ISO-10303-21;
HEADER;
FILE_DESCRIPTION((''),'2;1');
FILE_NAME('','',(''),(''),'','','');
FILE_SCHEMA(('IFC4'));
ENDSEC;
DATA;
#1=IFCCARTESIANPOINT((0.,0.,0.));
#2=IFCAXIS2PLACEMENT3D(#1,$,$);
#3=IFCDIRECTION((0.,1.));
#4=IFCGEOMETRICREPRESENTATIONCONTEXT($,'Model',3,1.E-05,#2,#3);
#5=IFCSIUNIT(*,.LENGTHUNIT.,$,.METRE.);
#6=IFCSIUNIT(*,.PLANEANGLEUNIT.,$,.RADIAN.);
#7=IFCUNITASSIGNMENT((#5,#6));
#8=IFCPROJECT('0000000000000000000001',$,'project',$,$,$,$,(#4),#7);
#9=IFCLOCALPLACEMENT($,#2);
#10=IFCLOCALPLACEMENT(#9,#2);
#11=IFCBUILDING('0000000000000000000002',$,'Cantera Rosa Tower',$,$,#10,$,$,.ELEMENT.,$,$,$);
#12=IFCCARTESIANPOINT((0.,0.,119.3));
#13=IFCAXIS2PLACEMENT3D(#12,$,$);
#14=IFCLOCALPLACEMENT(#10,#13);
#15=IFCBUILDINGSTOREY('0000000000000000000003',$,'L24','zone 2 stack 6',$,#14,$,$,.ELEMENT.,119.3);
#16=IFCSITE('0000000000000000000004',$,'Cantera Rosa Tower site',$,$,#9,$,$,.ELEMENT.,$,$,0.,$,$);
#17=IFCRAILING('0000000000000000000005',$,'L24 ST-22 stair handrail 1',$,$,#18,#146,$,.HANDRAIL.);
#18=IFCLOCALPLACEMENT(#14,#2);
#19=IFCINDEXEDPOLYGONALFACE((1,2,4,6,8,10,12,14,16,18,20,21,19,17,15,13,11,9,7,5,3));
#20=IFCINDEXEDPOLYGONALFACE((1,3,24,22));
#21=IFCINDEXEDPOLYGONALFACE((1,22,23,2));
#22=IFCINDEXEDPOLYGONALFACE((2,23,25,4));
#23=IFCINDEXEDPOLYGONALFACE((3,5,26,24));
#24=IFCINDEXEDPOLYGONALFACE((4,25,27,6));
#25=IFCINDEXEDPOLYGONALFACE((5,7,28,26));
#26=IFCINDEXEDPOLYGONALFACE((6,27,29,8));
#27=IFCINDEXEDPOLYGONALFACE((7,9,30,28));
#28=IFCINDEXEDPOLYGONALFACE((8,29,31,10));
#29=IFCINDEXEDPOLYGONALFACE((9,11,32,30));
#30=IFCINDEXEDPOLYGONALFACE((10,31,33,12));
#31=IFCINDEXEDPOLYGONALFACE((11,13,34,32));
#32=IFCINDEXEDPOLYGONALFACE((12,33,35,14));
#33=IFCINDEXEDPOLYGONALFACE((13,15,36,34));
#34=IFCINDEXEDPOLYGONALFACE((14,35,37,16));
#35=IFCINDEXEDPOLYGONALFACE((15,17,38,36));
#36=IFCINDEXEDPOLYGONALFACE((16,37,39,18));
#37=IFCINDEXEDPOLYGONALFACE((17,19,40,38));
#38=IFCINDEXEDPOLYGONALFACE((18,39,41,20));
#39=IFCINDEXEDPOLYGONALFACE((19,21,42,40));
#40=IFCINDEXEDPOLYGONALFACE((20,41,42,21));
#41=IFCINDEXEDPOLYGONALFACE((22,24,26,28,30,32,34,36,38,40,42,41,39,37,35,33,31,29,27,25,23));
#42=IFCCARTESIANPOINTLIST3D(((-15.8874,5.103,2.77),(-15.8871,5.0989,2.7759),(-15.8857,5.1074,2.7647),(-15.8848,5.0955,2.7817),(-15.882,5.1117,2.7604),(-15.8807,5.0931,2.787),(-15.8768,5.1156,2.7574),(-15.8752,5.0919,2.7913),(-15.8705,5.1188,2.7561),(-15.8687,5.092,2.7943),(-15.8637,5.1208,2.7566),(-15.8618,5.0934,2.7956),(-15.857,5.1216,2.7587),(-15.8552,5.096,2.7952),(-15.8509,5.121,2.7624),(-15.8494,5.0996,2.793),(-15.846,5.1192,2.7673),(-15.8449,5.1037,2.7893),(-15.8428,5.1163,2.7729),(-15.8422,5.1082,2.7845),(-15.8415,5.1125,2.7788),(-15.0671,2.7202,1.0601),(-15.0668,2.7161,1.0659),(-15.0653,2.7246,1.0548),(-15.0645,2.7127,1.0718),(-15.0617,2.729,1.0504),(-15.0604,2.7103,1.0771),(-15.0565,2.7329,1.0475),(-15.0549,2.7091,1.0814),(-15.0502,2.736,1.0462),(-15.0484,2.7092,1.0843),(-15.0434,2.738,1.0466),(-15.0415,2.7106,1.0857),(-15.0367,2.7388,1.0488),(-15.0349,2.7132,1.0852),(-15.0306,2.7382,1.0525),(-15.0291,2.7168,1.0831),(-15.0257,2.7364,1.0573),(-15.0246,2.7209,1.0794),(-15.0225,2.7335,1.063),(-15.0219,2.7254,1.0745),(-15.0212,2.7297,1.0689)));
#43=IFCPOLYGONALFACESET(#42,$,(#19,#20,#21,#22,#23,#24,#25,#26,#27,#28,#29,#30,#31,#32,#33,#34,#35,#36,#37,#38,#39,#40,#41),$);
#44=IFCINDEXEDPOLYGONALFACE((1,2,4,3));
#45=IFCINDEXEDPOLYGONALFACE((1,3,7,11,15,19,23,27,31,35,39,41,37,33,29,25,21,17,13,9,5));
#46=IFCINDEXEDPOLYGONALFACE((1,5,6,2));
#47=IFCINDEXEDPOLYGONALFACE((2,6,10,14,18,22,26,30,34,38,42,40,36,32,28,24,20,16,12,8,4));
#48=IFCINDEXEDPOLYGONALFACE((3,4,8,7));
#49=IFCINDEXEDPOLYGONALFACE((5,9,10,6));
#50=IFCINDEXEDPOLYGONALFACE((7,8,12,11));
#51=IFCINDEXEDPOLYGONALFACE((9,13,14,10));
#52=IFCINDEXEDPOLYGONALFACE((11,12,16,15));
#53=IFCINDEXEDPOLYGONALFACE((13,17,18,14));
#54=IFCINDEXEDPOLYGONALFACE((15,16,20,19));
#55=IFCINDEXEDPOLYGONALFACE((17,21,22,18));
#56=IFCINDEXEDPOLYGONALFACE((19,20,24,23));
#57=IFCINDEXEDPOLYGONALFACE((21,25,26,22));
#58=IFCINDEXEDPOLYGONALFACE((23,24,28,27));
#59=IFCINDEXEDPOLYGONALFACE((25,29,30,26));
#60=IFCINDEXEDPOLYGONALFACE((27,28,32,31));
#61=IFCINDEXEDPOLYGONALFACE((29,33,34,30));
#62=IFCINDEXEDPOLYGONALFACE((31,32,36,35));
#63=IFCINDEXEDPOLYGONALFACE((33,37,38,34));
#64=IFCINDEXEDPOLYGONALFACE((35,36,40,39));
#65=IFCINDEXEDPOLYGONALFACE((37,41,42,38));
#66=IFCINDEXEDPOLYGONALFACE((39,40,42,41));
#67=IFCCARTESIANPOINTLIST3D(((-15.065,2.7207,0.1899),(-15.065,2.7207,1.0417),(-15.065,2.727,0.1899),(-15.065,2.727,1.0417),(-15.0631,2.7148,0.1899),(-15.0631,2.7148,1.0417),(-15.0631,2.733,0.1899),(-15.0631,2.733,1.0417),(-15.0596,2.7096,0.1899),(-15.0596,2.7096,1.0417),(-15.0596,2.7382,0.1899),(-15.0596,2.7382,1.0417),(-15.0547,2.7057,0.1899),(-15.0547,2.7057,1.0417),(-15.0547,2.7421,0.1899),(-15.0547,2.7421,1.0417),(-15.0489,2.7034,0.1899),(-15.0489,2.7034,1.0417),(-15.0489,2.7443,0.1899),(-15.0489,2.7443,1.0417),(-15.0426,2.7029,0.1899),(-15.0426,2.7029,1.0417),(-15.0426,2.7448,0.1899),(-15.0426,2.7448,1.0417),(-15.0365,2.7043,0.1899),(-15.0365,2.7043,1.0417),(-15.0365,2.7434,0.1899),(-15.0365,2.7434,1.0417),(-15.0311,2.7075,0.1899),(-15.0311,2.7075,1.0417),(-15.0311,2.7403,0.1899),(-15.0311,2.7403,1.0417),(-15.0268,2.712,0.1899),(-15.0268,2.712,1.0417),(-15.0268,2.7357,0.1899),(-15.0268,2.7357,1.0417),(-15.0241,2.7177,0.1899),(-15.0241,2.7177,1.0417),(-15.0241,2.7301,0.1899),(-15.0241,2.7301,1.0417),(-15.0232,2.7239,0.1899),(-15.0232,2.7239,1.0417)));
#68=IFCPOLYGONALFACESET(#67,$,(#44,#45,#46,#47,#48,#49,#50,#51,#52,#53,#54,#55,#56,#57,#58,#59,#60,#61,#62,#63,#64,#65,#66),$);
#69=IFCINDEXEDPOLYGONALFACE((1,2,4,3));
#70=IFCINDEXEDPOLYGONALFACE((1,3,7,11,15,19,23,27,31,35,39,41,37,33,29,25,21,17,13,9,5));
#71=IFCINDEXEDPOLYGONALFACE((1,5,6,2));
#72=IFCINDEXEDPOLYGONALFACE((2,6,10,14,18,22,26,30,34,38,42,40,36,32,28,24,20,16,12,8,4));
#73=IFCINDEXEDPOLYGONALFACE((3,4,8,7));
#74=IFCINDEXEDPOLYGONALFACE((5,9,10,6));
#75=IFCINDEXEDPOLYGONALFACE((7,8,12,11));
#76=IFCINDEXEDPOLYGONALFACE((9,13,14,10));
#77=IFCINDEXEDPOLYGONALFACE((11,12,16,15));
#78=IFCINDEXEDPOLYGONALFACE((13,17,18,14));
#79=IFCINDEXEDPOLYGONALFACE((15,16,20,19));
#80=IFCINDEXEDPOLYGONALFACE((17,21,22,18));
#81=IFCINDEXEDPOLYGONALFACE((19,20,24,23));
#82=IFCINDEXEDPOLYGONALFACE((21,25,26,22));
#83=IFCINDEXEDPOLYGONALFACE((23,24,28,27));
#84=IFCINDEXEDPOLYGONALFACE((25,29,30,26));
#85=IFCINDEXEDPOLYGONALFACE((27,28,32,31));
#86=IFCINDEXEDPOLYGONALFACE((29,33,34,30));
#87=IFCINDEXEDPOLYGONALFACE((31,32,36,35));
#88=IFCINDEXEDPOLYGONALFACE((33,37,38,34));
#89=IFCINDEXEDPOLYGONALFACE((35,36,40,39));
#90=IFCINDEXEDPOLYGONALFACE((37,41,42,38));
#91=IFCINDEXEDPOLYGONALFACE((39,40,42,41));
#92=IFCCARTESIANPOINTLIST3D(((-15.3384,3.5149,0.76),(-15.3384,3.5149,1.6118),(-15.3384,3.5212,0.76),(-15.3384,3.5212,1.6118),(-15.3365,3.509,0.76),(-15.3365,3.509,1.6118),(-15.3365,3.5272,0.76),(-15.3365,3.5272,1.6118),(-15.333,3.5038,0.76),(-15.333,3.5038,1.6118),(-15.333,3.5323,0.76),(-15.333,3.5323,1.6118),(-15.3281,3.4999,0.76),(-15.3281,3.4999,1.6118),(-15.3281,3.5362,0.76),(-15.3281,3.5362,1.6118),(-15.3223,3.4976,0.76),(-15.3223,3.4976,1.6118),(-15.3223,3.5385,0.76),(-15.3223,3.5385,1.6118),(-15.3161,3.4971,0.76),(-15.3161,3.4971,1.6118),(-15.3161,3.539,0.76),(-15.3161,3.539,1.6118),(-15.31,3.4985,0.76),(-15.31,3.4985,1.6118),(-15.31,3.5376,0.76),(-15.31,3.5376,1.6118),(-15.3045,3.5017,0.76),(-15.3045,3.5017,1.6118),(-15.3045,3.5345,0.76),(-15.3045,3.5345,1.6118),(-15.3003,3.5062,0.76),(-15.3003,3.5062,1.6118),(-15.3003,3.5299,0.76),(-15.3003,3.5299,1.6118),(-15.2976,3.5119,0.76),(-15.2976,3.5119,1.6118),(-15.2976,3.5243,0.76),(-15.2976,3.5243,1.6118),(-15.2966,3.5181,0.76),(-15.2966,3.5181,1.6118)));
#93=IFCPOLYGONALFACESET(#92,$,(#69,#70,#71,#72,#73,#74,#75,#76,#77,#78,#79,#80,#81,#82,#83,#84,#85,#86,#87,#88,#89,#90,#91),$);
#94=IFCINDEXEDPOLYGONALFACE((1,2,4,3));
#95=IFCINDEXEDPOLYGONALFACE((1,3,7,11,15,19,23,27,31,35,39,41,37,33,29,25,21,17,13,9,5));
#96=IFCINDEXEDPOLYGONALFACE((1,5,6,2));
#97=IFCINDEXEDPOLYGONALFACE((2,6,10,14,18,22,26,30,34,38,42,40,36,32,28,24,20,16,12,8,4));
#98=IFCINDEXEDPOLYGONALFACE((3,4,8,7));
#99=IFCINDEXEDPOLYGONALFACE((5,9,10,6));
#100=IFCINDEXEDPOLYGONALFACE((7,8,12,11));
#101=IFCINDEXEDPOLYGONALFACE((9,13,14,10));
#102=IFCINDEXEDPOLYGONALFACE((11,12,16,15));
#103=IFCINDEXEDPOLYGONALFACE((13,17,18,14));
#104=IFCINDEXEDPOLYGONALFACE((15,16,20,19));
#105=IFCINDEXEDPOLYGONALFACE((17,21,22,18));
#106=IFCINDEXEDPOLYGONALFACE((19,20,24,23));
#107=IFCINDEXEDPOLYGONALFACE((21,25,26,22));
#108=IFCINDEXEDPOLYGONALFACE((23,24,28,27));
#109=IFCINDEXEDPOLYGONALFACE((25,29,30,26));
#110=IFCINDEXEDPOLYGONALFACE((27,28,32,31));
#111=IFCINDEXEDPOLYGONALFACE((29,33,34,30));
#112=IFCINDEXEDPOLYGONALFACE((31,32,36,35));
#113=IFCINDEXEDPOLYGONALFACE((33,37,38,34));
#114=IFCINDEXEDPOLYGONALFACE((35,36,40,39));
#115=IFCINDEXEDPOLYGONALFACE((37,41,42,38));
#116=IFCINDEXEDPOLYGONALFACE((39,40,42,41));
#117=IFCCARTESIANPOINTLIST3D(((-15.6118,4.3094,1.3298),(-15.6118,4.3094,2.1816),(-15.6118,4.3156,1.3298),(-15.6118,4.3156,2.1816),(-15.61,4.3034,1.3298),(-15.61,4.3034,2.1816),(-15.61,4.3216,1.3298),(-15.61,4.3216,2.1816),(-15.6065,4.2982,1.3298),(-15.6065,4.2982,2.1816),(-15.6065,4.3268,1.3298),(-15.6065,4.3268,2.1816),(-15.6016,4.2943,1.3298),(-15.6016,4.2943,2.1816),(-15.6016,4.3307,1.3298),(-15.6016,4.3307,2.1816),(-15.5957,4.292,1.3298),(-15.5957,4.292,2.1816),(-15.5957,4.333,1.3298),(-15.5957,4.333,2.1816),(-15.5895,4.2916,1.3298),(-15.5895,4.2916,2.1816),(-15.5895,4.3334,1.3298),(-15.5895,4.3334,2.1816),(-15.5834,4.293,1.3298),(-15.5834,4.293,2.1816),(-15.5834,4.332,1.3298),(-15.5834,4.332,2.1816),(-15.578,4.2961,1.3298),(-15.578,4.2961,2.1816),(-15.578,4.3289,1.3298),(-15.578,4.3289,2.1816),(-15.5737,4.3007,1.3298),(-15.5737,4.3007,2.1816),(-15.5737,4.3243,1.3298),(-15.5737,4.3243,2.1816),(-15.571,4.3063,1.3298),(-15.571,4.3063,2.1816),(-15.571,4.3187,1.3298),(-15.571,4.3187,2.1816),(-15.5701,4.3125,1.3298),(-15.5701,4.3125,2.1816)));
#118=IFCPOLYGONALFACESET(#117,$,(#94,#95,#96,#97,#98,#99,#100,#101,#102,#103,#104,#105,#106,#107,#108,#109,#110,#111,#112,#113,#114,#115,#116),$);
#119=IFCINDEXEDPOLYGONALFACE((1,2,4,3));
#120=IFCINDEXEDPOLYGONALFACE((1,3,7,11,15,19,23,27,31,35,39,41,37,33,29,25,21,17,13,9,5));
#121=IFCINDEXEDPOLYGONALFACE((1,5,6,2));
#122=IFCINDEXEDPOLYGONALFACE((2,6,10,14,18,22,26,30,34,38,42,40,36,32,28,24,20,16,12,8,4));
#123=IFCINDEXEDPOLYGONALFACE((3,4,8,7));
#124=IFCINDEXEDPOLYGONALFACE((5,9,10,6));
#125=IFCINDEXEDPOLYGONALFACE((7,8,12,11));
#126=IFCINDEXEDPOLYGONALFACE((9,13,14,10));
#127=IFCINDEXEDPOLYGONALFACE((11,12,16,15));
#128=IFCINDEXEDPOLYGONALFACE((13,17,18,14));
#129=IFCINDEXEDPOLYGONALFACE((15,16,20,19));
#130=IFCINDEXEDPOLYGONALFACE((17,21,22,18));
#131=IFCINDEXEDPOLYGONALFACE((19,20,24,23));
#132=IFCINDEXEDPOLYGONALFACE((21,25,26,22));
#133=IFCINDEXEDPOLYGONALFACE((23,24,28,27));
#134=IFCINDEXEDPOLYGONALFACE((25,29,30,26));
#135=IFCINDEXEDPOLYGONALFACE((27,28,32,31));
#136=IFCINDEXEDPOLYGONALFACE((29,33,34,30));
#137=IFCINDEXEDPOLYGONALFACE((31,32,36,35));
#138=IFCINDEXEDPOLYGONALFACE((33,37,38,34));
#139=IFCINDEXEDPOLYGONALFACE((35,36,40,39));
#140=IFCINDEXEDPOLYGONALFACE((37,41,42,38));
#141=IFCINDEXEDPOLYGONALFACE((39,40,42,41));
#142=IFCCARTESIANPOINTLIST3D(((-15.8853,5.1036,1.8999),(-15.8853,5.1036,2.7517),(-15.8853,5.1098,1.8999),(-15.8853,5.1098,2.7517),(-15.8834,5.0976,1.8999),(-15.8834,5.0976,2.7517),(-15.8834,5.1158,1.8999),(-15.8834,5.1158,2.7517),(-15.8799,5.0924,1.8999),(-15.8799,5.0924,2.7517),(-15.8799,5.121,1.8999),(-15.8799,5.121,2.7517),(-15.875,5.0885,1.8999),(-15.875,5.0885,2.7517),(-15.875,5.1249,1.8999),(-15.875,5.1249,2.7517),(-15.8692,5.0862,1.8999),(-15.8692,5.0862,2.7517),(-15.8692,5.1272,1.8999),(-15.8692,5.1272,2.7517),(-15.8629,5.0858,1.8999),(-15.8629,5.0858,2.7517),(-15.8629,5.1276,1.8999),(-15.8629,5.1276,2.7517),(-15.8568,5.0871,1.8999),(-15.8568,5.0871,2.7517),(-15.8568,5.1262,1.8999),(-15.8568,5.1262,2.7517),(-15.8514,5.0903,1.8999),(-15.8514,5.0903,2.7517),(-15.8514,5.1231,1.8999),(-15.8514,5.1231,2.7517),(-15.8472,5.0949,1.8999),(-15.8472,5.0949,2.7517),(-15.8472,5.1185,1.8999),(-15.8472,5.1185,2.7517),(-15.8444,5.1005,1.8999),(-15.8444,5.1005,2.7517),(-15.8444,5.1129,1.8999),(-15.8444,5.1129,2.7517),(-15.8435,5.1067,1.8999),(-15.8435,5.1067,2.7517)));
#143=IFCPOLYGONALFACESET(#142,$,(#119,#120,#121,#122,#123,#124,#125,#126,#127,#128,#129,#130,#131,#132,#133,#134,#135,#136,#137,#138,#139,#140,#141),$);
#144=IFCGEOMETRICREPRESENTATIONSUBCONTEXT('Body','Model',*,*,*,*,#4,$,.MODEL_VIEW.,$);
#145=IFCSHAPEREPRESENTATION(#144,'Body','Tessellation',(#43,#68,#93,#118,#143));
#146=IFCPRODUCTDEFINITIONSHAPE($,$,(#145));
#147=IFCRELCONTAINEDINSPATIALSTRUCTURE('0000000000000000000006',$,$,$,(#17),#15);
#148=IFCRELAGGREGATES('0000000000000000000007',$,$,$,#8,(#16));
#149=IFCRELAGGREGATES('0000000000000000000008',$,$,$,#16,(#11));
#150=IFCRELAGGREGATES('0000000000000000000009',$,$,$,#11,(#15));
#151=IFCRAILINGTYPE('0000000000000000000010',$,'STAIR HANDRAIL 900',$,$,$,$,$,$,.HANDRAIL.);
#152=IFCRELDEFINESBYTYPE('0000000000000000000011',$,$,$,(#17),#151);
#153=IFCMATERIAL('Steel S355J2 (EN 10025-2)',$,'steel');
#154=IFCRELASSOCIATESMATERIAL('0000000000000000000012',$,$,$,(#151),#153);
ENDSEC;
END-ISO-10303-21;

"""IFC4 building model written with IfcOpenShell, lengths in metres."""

from ifc_helpers import new_model, si_unit, direction, frame, origin, origin_2d, place, context, subcontext, project, spatial, circle, extrude, material, type_object, element, save


model = new_model("IFC4")

# Units and contexts
model_context = context("Model", 3, precision=1e-05, world=origin(), true_north=direction((0.0, 1.0)))
body_context = subcontext(model_context, "Body", "Model", "MODEL_VIEW")
ifc_project = project(units=[si_unit("LENGTHUNIT", "METRE"), si_unit("PLANEANGLEUNIT", "RADIAN")], contexts=[model_context])

# Site, building, storey
site_placement = place(None, origin())
site = spatial("IfcSite", under=ifc_project, at=site_placement, Name="Cantera Rosa Tower site", CompositionType="ELEMENT", RefElevation=0.0)
building_placement = place(site_placement, origin())
building = spatial("IfcBuilding", under=site, at=building_placement, Name="Cantera Rosa Tower", CompositionType="ELEMENT")
storey_placement = place(building_placement, frame((0.0, 0.0, 119.3)))
storey = spatial("IfcBuildingStorey", under=building, at=storey_placement, Name="L24", Description="zone 2 stack 6", CompositionType="ELEMENT", Elevation=119.3)

# Railing
ifc_material_1 = material(Name="Steel S355J2 (EN 10025-2)", Category="steel")
railing_type_1 = type_object("IfcRailingType", Name="STAIR HANDRAIL 900", PredefinedType="HANDRAIL", material=ifc_material_1)
railing_1_placement = place(storey_placement, frame((-15.0442, 2.7239, 0.1899)))
element("IfcRailing", 1, at=railing_1_placement, inside=storey, type_object=railing_type_1, Name="L24 ST-22 stair handrail 1", PredefinedType="HANDRAIL", context=body_context, shape_type="SweptSolid", body=[
    extrude(circle(Radius=0.0239, at=origin_2d()), frame((0.0, 0.0, 0.876), z_axis=(-0.269358, 0.782421, 0.561483), x_axis=(-0.945538, -0.325513, 0.0)), (0.0, 0.0, 1.0), 3.0454),
    extrude(circle(Radius=0.021, at=origin_2d()), origin(), (0.0, 0.0, 1.0), 0.8518),
    extrude(circle(Radius=0.021, at=origin_2d()), frame((-0.2734, 0.7942, 0.5701)), (0.0, 0.0, 1.0), 0.8518),
    extrude(circle(Radius=0.021, at=origin_2d()), frame((-0.5469, 1.5886, 1.1399)), (0.0, 0.0, 1.0), 0.8518),
    extrude(circle(Radius=0.021, at=origin_2d()), frame((-0.8203, 2.3828, 1.71)), (0.0, 0.0, 1.0), 0.8518),
])

save(model, "model.ifc")
